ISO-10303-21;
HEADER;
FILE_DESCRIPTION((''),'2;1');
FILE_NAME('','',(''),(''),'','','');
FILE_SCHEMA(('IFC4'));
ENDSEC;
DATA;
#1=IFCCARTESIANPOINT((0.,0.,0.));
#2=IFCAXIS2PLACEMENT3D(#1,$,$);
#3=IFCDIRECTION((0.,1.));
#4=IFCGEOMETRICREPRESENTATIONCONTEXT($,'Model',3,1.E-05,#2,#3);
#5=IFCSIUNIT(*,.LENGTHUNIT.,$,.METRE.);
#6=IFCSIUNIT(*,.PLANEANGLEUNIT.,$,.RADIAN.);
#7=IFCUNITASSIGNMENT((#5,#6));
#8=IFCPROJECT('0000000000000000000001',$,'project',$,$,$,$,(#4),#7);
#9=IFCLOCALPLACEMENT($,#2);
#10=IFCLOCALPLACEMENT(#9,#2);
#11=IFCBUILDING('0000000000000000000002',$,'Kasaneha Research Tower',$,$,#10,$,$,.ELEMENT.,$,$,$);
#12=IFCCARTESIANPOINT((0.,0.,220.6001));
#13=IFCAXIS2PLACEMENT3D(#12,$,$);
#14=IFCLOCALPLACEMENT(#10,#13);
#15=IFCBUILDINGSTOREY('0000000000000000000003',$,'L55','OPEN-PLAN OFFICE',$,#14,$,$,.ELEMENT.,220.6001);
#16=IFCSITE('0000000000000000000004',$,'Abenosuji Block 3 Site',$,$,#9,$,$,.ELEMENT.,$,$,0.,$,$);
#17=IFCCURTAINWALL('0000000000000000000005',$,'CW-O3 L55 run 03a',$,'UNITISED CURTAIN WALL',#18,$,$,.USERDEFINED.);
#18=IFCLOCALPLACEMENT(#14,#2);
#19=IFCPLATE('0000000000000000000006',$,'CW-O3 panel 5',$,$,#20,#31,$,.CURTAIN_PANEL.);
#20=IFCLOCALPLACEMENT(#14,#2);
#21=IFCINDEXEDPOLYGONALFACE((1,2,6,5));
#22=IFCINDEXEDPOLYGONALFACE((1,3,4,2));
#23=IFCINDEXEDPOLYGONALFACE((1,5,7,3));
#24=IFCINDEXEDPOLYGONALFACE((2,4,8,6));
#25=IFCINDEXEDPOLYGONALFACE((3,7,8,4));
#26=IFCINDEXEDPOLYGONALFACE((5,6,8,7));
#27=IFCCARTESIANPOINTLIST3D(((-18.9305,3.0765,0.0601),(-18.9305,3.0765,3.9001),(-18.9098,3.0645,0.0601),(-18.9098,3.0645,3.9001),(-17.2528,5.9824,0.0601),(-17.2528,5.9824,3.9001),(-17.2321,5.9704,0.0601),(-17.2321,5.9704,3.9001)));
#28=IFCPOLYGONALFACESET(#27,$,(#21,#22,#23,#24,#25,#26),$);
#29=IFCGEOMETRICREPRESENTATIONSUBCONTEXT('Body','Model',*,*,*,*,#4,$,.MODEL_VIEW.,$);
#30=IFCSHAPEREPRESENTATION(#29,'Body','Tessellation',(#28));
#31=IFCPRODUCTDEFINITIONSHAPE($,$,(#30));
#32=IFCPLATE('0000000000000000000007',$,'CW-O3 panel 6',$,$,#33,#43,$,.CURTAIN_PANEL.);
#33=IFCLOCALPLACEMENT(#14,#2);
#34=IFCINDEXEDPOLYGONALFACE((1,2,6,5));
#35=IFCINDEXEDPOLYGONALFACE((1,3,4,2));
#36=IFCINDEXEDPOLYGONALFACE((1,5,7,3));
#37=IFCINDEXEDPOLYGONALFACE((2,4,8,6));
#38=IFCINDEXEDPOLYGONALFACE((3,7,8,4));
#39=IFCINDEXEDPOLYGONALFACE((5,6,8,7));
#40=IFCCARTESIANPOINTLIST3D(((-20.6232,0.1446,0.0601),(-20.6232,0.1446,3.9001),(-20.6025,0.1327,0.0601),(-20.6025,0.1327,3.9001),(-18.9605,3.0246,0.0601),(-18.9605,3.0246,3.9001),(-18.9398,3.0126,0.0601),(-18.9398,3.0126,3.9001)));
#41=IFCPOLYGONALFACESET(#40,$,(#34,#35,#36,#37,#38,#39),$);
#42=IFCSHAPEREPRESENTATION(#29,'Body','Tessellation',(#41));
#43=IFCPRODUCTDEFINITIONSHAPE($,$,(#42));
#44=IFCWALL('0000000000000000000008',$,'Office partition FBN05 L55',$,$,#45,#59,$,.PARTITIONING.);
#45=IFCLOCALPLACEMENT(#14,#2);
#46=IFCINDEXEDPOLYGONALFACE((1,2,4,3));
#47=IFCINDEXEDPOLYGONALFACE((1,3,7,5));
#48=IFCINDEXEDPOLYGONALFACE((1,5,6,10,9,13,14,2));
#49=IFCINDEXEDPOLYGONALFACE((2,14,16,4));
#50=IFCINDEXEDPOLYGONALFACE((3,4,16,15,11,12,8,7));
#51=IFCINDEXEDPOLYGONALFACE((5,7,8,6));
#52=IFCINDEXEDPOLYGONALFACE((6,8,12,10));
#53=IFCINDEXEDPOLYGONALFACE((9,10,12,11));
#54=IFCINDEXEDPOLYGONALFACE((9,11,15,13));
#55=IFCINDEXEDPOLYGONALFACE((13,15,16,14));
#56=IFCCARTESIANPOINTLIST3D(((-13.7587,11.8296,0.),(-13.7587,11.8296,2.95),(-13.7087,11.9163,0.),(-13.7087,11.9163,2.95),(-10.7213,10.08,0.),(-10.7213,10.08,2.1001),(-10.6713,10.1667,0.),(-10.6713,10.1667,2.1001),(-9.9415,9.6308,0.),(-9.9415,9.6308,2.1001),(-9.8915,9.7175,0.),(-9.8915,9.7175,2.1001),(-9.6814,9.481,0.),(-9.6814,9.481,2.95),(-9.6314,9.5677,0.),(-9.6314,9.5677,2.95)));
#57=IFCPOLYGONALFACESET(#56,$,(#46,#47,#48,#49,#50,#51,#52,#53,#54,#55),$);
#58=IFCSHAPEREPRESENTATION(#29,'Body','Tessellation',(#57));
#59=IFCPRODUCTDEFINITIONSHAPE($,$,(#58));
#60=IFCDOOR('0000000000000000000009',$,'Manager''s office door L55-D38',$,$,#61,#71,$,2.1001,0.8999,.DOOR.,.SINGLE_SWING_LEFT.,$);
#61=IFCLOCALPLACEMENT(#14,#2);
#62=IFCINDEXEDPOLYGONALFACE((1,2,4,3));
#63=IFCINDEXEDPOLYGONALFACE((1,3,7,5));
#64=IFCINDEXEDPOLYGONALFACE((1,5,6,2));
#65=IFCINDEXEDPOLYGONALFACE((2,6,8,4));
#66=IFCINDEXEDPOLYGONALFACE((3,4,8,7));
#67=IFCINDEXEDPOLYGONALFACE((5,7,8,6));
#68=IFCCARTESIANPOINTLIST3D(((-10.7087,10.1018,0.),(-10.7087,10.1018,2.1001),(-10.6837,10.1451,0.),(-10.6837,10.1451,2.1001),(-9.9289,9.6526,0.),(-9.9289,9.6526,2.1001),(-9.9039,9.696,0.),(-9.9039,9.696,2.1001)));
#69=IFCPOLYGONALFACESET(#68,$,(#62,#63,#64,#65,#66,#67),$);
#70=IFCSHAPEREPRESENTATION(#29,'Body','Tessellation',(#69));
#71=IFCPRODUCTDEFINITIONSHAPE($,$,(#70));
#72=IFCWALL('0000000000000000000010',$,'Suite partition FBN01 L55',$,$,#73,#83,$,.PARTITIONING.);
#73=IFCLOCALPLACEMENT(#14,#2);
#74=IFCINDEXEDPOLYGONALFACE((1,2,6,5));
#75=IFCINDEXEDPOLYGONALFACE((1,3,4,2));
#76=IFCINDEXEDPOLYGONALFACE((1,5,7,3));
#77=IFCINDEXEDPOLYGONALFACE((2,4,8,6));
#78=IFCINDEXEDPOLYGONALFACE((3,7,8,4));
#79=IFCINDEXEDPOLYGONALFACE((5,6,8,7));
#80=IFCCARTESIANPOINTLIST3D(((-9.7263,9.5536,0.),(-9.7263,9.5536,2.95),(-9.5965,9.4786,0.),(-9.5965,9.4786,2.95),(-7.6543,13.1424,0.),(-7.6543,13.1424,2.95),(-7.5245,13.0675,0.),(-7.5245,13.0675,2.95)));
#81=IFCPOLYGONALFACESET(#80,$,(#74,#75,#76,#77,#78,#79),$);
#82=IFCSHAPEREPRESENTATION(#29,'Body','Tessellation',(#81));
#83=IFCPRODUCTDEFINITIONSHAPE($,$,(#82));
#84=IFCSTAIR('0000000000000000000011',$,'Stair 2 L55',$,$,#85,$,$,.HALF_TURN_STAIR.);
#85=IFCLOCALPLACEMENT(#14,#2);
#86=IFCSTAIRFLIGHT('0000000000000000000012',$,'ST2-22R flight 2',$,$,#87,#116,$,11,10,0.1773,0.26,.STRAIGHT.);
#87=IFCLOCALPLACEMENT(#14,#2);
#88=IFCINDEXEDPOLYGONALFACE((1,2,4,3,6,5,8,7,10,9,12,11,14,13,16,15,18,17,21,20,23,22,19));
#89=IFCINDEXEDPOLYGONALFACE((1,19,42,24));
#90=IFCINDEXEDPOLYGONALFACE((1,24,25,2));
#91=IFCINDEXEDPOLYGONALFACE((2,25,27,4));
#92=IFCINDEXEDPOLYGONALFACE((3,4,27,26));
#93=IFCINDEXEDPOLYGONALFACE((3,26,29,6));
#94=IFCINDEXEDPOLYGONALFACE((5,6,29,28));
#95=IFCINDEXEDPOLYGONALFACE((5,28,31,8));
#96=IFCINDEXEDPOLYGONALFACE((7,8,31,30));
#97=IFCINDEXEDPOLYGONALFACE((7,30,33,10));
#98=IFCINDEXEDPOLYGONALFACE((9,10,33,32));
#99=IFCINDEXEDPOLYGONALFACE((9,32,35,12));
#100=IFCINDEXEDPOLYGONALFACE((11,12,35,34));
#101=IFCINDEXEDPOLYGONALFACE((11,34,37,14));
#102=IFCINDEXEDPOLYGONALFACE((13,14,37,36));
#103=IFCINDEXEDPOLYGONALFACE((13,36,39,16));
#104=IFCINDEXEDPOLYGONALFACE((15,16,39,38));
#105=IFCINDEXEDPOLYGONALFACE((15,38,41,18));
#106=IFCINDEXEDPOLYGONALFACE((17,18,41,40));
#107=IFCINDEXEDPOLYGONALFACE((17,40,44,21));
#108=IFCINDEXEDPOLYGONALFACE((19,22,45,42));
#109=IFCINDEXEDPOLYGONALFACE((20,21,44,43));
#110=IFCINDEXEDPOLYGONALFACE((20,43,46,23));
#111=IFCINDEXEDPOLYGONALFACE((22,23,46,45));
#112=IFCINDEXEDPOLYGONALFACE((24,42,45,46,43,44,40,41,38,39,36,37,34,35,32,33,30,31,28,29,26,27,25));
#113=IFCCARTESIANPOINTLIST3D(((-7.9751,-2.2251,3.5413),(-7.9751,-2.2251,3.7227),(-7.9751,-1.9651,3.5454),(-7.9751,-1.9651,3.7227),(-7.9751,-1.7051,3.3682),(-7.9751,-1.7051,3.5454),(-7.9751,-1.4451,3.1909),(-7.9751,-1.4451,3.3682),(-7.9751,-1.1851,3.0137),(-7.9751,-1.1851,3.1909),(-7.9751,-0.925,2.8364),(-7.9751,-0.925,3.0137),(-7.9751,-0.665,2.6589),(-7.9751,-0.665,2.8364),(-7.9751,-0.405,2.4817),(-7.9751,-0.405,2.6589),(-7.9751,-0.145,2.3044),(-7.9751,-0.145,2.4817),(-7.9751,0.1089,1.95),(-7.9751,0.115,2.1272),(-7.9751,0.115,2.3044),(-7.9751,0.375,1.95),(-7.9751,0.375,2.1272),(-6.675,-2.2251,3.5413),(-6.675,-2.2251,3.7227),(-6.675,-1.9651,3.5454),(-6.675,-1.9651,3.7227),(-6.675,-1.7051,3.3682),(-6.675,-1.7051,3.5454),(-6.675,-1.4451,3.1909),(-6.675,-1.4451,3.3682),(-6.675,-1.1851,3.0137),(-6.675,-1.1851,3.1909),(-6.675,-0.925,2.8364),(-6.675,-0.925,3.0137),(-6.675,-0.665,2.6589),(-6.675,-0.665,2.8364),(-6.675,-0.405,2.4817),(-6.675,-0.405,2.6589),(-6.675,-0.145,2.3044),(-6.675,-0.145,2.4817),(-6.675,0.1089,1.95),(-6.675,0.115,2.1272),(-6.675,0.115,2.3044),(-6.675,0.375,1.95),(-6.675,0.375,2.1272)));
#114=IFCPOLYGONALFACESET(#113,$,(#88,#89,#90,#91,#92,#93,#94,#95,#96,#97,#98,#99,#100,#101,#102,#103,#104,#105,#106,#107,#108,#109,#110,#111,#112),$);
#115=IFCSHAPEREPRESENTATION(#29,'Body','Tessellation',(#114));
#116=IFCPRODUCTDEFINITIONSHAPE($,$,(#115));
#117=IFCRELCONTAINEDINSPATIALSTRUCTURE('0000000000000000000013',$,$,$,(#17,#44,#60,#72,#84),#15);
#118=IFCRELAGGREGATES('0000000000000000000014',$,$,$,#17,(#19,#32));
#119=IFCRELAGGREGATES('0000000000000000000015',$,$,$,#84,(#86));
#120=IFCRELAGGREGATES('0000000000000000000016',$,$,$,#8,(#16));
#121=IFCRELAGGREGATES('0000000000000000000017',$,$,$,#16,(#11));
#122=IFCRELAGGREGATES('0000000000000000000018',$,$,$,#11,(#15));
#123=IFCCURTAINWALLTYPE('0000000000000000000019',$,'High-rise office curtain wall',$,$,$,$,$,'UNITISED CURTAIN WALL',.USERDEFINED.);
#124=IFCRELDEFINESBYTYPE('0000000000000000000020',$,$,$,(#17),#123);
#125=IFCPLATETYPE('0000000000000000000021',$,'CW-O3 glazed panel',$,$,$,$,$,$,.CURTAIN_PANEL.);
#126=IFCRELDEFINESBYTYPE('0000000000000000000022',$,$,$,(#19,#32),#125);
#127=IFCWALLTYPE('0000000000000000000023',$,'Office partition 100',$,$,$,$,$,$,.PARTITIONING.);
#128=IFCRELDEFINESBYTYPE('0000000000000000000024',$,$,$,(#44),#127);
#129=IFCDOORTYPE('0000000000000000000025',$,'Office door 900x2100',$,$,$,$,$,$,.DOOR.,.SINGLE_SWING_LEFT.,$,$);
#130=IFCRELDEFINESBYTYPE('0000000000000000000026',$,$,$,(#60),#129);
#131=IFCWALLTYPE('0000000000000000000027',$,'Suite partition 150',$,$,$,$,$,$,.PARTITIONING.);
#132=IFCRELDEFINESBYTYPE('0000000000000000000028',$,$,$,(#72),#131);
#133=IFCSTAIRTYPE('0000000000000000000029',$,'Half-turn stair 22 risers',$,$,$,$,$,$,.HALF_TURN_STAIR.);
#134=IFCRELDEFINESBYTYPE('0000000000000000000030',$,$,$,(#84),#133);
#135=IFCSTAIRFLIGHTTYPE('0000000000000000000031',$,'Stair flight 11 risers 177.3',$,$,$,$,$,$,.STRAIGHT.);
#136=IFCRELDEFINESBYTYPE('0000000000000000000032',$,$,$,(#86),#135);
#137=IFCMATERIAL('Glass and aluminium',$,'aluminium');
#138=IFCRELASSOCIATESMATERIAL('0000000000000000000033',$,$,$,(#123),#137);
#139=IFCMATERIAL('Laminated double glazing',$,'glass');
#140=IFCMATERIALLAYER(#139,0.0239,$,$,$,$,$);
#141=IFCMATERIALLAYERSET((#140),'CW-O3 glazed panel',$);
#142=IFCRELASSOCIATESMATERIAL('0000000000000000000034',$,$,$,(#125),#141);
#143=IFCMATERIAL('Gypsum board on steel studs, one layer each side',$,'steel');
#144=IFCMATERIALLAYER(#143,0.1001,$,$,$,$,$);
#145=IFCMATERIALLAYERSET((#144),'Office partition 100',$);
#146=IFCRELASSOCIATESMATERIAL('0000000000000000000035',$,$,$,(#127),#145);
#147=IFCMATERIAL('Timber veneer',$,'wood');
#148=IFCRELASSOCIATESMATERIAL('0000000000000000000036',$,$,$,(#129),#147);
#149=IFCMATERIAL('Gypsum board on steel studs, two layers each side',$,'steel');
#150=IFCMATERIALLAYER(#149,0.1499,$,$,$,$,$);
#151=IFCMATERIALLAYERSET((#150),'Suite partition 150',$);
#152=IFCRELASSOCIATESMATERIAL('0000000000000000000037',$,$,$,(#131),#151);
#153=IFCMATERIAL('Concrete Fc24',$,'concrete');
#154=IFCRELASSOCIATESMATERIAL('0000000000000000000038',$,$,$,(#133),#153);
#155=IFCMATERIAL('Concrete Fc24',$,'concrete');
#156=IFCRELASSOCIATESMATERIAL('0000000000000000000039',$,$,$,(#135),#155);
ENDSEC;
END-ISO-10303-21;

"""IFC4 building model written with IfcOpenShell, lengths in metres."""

from ifc_helpers import new_model, si_unit, direction, frame, frame_2d, origin, origin_2d, place, context, subcontext, project, spatial, polyline, rectangle, outline, extrude, material, layer, layer_set, type_object, element, fill, aggregate, save


model = new_model("IFC4")

# Units and contexts
model_context = context("Model", 3, precision=1e-05, world=origin(), true_north=direction((0.0, 1.0)))
body_context = subcontext(model_context, "Body", "Model", "MODEL_VIEW")
ifc_project = project(units=[si_unit("LENGTHUNIT", "METRE"), si_unit("PLANEANGLEUNIT", "RADIAN")], contexts=[model_context])

# Site, building, storey
site_placement = place(None, origin())
site = spatial("IfcSite", under=ifc_project, at=site_placement, Name="Abenosuji Block 3 Site", CompositionType="ELEMENT", RefElevation=0.0)
building_placement = place(site_placement, origin())
building = spatial("IfcBuilding", under=site, at=building_placement, Name="Kasaneha Research Tower", CompositionType="ELEMENT")
storey_placement = place(building_placement, frame((0.0, 0.0, 220.6001)))
storey = spatial("IfcBuildingStorey", under=building, at=storey_placement, Name="L55", Description="OPEN-PLAN OFFICE", CompositionType="ELEMENT", Elevation=220.6001)

# Curtain wall
ifc_material_1 = material(Name="Glass and aluminium", Category="aluminium")
curtain_wall_type = type_object("IfcCurtainWallType", Name="High-rise office curtain wall", ElementType="UNITISED CURTAIN WALL", PredefinedType="USERDEFINED", material=ifc_material_1)
curtain_wall_placement = place(storey_placement, origin())
curtain_wall = element("IfcCurtainWall", 1, at=curtain_wall_placement, inside=storey, type_object=curtain_wall_type, Name="CW-O3 L55 run 03a", ObjectType="UNITISED CURTAIN WALL", PredefinedType="USERDEFINED")

# Plates
ifc_material_2 = material(Name="Laminated double glazing", Category="glass")
ifc_layer_1 = layer(ifc_material_2, 0.0239)
ifc_layer_set_1 = layer_set([ifc_layer_1], Name="CW-O3 glazed panel")
plate_type = type_object("IfcPlateType", Name="CW-O3 glazed panel", PredefinedType="CURTAIN_PANEL", material=ifc_layer_set_1)
plate_1_placement = place(storey_placement, frame((-18.0813, 4.5234, 0.0601), z_axis=(0.0, 0.0, 1.0), x_axis=(-0.5, -0.866025, 0.0)))
plate_1 = element("IfcPlate", 2, at=plate_1_placement, type_object=plate_type, Name="CW-O3 panel 5", PredefinedType="CURTAIN_PANEL", context=body_context, shape_type="SweptSolid", body=[
    extrude(rectangle(XDim=3.3555, YDim=0.0239, at=origin_2d()), origin(), (0.0, 0.0, 1.0), 3.8401),
])
plate_2_placement = place(storey_placement, frame((-19.7815, 1.5786, 0.0601), z_axis=(0.0, 0.0, 1.0), x_axis=(-0.5, -0.866025, 0.0)))
plate_2 = element("IfcPlate", 3, at=plate_2_placement, type_object=plate_type, Name="CW-O3 panel 6", PredefinedType="CURTAIN_PANEL", context=body_context, shape_type="SweptSolid", body=[
    extrude(rectangle(XDim=3.3254, YDim=0.0239, at=origin_2d()), origin(), (0.0, 0.0, 1.0), 3.8401),
])
aggregate(curtain_wall, [plate_1, plate_2])

# Wall, opening, door
ifc_material_3 = material(Name="Gypsum board on steel studs, one layer each side", Category="steel")
ifc_layer_2 = layer(ifc_material_3, 0.1001)
ifc_layer_set_2 = layer_set([ifc_layer_2], Name="Office partition 100")
wall_type_1 = type_object("IfcWallType", Name="Office partition 100", PredefinedType="PARTITIONING", material=ifc_layer_set_2)
wall_1_placement = place(storey_placement, frame((-9.6565, 9.5244, 0.0), z_axis=(0.0, 0.0, 1.0), x_axis=(-0.866527, 0.499131, 0.0)))
wall_1 = element("IfcWall", 4, at=wall_1_placement, inside=storey, type_object=wall_type_1, Name="Office partition FBN05 L55", PredefinedType="PARTITIONING", context=body_context, shape_type="SweptSolid", body=[
    extrude(rectangle(XDim=4.7053, YDim=0.1001, at=frame_2d((2.3525, 0.0))), origin(), (0.0, 0.0, 1.0), 2.95),
])
opening_1_placement = place(wall_1_placement, frame((0.3, 0.0, 0.0)))
opening_1 = element("IfcOpeningElement", 5, at=opening_1_placement, cuts=wall_1, PredefinedType="OPENING", context=body_context, shape_type="SweptSolid", body=[
    extrude(rectangle(XDim=0.8999, YDim=2.1001, at=frame_2d((0.45, 1.05))), frame((0.0, 0.0601, 0.0), z_axis=(0.0, -1.0, 0.0), x_axis=(1.0, 0.0, 0.0)), (0.0, 0.0, 1.0), 0.1201),
])
ifc_material_4 = material(Name="Timber veneer", Category="wood")
door_type_1 = type_object("IfcDoorType", Name="Office door 900x2100", OperationType="SINGLE_SWING_LEFT", PredefinedType="DOOR", material=ifc_material_4)
door_1_placement = place(opening_1_placement, origin())
door_1 = element("IfcDoor", 6, at=door_1_placement, inside=storey, type_object=door_type_1, Name="Manager's office door L55-D38", OperationType="SINGLE_SWING_LEFT", OverallHeight=2.1001, OverallWidth=0.8999, PredefinedType="DOOR", context=body_context, shape_type="SweptSolid", body=[
    extrude(rectangle(XDim=0.8999, YDim=2.1001, at=frame_2d((0.45, 1.05))), frame((0.0, 0.0249, 0.0), z_axis=(0.0, -1.0, 0.0), x_axis=(1.0, 0.0, 0.0)), (0.0, 0.0, 1.0), 0.05),
])
fill(opening_1, door_1)

# Wall
ifc_material_5 = material(Name="Gypsum board on steel studs, two layers each side", Category="steel")
ifc_layer_3 = layer(ifc_material_5, 0.1499)
ifc_layer_set_3 = layer_set([ifc_layer_3], Name="Suite partition 150")
wall_type_2 = type_object("IfcWallType", Name="Suite partition 150", PredefinedType="PARTITIONING", material=ifc_layer_set_3)
wall_2_placement = place(storey_placement, frame((-9.6614, 9.5161, 0.0), z_axis=(0.0, 0.0, 1.0), x_axis=(0.499998, 0.866027, 0.0)))
element("IfcWall", 7, at=wall_2_placement, inside=storey, type_object=wall_type_2, Name="Suite partition FBN01 L55", PredefinedType="PARTITIONING", context=body_context, shape_type="SweptSolid", body=[
    extrude(rectangle(XDim=4.144, YDim=0.1499, at=frame_2d((2.072, 0.0))), origin(), (0.0, 0.0, 1.0), 2.95),
])

# Stair, stair flight
ifc_material_6 = material(Name="Concrete Fc24", Category="concrete")
stair_type = type_object("IfcStairType", Name="Half-turn stair 22 risers", PredefinedType="HALF_TURN_STAIR", material=ifc_material_6)
stair_placement = place(storey_placement, origin())
stair = element("IfcStair", 8, at=stair_placement, inside=storey, type_object=stair_type, Name="Stair 2 L55", PredefinedType="HALF_TURN_STAIR")
ifc_material_7 = material(Name="Concrete Fc24", Category="concrete")
stair_flight_type = type_object("IfcStairFlightType", Name="Stair flight 11 risers 177.3", PredefinedType="STRAIGHT", material=ifc_material_7)
stair_flight_placement = place(storey_placement, frame((-7.325, 0.375, 1.95), z_axis=(0.0, 0.0, 1.0), x_axis=(0.0, -1.0, 0.0)))
stair_flight = element("IfcStairFlight", 9, at=stair_flight_placement, type_object=stair_flight_type, Name="ST2-22R flight 2", NumberOfRisers=11, NumberOfTreads=10, PredefinedType="STRAIGHT", RiserHeight=0.1773, TreadLength=0.26, context=body_context, shape_type="SweptSolid", body=[
    extrude(outline(polyline([(0.0, 0.0), (0.0, 0.1772), (0.26, 0.1772), (0.26, 0.3545), (0.52, 0.3545), (0.52, 0.5317), (0.78, 0.5317), (0.78, 0.709), (1.04, 0.709), (1.04, 0.8865), (1.3, 0.8865), (1.3, 1.0637), (1.5601, 1.0637), (1.5601, 1.241), (1.8201, 1.241), (1.8201, 1.4182), (2.0801, 1.4182), (2.0801, 1.5955), (2.3401, 1.5955), (2.3401, 1.7727), (2.6001, 1.7727), (2.6001, 1.95), (2.6001, 1.5913), (0.2661, 0.0), (0.0, 0.0)])), frame((0.0, 0.6499, 0.0), z_axis=(0.0, -1.0, 0.0), x_axis=(1.0, 0.0, 0.0)), (0.0, 0.0, 1.0), 1.3),
])
aggregate(stair, [stair_flight])

save(model, "model.ifc")
